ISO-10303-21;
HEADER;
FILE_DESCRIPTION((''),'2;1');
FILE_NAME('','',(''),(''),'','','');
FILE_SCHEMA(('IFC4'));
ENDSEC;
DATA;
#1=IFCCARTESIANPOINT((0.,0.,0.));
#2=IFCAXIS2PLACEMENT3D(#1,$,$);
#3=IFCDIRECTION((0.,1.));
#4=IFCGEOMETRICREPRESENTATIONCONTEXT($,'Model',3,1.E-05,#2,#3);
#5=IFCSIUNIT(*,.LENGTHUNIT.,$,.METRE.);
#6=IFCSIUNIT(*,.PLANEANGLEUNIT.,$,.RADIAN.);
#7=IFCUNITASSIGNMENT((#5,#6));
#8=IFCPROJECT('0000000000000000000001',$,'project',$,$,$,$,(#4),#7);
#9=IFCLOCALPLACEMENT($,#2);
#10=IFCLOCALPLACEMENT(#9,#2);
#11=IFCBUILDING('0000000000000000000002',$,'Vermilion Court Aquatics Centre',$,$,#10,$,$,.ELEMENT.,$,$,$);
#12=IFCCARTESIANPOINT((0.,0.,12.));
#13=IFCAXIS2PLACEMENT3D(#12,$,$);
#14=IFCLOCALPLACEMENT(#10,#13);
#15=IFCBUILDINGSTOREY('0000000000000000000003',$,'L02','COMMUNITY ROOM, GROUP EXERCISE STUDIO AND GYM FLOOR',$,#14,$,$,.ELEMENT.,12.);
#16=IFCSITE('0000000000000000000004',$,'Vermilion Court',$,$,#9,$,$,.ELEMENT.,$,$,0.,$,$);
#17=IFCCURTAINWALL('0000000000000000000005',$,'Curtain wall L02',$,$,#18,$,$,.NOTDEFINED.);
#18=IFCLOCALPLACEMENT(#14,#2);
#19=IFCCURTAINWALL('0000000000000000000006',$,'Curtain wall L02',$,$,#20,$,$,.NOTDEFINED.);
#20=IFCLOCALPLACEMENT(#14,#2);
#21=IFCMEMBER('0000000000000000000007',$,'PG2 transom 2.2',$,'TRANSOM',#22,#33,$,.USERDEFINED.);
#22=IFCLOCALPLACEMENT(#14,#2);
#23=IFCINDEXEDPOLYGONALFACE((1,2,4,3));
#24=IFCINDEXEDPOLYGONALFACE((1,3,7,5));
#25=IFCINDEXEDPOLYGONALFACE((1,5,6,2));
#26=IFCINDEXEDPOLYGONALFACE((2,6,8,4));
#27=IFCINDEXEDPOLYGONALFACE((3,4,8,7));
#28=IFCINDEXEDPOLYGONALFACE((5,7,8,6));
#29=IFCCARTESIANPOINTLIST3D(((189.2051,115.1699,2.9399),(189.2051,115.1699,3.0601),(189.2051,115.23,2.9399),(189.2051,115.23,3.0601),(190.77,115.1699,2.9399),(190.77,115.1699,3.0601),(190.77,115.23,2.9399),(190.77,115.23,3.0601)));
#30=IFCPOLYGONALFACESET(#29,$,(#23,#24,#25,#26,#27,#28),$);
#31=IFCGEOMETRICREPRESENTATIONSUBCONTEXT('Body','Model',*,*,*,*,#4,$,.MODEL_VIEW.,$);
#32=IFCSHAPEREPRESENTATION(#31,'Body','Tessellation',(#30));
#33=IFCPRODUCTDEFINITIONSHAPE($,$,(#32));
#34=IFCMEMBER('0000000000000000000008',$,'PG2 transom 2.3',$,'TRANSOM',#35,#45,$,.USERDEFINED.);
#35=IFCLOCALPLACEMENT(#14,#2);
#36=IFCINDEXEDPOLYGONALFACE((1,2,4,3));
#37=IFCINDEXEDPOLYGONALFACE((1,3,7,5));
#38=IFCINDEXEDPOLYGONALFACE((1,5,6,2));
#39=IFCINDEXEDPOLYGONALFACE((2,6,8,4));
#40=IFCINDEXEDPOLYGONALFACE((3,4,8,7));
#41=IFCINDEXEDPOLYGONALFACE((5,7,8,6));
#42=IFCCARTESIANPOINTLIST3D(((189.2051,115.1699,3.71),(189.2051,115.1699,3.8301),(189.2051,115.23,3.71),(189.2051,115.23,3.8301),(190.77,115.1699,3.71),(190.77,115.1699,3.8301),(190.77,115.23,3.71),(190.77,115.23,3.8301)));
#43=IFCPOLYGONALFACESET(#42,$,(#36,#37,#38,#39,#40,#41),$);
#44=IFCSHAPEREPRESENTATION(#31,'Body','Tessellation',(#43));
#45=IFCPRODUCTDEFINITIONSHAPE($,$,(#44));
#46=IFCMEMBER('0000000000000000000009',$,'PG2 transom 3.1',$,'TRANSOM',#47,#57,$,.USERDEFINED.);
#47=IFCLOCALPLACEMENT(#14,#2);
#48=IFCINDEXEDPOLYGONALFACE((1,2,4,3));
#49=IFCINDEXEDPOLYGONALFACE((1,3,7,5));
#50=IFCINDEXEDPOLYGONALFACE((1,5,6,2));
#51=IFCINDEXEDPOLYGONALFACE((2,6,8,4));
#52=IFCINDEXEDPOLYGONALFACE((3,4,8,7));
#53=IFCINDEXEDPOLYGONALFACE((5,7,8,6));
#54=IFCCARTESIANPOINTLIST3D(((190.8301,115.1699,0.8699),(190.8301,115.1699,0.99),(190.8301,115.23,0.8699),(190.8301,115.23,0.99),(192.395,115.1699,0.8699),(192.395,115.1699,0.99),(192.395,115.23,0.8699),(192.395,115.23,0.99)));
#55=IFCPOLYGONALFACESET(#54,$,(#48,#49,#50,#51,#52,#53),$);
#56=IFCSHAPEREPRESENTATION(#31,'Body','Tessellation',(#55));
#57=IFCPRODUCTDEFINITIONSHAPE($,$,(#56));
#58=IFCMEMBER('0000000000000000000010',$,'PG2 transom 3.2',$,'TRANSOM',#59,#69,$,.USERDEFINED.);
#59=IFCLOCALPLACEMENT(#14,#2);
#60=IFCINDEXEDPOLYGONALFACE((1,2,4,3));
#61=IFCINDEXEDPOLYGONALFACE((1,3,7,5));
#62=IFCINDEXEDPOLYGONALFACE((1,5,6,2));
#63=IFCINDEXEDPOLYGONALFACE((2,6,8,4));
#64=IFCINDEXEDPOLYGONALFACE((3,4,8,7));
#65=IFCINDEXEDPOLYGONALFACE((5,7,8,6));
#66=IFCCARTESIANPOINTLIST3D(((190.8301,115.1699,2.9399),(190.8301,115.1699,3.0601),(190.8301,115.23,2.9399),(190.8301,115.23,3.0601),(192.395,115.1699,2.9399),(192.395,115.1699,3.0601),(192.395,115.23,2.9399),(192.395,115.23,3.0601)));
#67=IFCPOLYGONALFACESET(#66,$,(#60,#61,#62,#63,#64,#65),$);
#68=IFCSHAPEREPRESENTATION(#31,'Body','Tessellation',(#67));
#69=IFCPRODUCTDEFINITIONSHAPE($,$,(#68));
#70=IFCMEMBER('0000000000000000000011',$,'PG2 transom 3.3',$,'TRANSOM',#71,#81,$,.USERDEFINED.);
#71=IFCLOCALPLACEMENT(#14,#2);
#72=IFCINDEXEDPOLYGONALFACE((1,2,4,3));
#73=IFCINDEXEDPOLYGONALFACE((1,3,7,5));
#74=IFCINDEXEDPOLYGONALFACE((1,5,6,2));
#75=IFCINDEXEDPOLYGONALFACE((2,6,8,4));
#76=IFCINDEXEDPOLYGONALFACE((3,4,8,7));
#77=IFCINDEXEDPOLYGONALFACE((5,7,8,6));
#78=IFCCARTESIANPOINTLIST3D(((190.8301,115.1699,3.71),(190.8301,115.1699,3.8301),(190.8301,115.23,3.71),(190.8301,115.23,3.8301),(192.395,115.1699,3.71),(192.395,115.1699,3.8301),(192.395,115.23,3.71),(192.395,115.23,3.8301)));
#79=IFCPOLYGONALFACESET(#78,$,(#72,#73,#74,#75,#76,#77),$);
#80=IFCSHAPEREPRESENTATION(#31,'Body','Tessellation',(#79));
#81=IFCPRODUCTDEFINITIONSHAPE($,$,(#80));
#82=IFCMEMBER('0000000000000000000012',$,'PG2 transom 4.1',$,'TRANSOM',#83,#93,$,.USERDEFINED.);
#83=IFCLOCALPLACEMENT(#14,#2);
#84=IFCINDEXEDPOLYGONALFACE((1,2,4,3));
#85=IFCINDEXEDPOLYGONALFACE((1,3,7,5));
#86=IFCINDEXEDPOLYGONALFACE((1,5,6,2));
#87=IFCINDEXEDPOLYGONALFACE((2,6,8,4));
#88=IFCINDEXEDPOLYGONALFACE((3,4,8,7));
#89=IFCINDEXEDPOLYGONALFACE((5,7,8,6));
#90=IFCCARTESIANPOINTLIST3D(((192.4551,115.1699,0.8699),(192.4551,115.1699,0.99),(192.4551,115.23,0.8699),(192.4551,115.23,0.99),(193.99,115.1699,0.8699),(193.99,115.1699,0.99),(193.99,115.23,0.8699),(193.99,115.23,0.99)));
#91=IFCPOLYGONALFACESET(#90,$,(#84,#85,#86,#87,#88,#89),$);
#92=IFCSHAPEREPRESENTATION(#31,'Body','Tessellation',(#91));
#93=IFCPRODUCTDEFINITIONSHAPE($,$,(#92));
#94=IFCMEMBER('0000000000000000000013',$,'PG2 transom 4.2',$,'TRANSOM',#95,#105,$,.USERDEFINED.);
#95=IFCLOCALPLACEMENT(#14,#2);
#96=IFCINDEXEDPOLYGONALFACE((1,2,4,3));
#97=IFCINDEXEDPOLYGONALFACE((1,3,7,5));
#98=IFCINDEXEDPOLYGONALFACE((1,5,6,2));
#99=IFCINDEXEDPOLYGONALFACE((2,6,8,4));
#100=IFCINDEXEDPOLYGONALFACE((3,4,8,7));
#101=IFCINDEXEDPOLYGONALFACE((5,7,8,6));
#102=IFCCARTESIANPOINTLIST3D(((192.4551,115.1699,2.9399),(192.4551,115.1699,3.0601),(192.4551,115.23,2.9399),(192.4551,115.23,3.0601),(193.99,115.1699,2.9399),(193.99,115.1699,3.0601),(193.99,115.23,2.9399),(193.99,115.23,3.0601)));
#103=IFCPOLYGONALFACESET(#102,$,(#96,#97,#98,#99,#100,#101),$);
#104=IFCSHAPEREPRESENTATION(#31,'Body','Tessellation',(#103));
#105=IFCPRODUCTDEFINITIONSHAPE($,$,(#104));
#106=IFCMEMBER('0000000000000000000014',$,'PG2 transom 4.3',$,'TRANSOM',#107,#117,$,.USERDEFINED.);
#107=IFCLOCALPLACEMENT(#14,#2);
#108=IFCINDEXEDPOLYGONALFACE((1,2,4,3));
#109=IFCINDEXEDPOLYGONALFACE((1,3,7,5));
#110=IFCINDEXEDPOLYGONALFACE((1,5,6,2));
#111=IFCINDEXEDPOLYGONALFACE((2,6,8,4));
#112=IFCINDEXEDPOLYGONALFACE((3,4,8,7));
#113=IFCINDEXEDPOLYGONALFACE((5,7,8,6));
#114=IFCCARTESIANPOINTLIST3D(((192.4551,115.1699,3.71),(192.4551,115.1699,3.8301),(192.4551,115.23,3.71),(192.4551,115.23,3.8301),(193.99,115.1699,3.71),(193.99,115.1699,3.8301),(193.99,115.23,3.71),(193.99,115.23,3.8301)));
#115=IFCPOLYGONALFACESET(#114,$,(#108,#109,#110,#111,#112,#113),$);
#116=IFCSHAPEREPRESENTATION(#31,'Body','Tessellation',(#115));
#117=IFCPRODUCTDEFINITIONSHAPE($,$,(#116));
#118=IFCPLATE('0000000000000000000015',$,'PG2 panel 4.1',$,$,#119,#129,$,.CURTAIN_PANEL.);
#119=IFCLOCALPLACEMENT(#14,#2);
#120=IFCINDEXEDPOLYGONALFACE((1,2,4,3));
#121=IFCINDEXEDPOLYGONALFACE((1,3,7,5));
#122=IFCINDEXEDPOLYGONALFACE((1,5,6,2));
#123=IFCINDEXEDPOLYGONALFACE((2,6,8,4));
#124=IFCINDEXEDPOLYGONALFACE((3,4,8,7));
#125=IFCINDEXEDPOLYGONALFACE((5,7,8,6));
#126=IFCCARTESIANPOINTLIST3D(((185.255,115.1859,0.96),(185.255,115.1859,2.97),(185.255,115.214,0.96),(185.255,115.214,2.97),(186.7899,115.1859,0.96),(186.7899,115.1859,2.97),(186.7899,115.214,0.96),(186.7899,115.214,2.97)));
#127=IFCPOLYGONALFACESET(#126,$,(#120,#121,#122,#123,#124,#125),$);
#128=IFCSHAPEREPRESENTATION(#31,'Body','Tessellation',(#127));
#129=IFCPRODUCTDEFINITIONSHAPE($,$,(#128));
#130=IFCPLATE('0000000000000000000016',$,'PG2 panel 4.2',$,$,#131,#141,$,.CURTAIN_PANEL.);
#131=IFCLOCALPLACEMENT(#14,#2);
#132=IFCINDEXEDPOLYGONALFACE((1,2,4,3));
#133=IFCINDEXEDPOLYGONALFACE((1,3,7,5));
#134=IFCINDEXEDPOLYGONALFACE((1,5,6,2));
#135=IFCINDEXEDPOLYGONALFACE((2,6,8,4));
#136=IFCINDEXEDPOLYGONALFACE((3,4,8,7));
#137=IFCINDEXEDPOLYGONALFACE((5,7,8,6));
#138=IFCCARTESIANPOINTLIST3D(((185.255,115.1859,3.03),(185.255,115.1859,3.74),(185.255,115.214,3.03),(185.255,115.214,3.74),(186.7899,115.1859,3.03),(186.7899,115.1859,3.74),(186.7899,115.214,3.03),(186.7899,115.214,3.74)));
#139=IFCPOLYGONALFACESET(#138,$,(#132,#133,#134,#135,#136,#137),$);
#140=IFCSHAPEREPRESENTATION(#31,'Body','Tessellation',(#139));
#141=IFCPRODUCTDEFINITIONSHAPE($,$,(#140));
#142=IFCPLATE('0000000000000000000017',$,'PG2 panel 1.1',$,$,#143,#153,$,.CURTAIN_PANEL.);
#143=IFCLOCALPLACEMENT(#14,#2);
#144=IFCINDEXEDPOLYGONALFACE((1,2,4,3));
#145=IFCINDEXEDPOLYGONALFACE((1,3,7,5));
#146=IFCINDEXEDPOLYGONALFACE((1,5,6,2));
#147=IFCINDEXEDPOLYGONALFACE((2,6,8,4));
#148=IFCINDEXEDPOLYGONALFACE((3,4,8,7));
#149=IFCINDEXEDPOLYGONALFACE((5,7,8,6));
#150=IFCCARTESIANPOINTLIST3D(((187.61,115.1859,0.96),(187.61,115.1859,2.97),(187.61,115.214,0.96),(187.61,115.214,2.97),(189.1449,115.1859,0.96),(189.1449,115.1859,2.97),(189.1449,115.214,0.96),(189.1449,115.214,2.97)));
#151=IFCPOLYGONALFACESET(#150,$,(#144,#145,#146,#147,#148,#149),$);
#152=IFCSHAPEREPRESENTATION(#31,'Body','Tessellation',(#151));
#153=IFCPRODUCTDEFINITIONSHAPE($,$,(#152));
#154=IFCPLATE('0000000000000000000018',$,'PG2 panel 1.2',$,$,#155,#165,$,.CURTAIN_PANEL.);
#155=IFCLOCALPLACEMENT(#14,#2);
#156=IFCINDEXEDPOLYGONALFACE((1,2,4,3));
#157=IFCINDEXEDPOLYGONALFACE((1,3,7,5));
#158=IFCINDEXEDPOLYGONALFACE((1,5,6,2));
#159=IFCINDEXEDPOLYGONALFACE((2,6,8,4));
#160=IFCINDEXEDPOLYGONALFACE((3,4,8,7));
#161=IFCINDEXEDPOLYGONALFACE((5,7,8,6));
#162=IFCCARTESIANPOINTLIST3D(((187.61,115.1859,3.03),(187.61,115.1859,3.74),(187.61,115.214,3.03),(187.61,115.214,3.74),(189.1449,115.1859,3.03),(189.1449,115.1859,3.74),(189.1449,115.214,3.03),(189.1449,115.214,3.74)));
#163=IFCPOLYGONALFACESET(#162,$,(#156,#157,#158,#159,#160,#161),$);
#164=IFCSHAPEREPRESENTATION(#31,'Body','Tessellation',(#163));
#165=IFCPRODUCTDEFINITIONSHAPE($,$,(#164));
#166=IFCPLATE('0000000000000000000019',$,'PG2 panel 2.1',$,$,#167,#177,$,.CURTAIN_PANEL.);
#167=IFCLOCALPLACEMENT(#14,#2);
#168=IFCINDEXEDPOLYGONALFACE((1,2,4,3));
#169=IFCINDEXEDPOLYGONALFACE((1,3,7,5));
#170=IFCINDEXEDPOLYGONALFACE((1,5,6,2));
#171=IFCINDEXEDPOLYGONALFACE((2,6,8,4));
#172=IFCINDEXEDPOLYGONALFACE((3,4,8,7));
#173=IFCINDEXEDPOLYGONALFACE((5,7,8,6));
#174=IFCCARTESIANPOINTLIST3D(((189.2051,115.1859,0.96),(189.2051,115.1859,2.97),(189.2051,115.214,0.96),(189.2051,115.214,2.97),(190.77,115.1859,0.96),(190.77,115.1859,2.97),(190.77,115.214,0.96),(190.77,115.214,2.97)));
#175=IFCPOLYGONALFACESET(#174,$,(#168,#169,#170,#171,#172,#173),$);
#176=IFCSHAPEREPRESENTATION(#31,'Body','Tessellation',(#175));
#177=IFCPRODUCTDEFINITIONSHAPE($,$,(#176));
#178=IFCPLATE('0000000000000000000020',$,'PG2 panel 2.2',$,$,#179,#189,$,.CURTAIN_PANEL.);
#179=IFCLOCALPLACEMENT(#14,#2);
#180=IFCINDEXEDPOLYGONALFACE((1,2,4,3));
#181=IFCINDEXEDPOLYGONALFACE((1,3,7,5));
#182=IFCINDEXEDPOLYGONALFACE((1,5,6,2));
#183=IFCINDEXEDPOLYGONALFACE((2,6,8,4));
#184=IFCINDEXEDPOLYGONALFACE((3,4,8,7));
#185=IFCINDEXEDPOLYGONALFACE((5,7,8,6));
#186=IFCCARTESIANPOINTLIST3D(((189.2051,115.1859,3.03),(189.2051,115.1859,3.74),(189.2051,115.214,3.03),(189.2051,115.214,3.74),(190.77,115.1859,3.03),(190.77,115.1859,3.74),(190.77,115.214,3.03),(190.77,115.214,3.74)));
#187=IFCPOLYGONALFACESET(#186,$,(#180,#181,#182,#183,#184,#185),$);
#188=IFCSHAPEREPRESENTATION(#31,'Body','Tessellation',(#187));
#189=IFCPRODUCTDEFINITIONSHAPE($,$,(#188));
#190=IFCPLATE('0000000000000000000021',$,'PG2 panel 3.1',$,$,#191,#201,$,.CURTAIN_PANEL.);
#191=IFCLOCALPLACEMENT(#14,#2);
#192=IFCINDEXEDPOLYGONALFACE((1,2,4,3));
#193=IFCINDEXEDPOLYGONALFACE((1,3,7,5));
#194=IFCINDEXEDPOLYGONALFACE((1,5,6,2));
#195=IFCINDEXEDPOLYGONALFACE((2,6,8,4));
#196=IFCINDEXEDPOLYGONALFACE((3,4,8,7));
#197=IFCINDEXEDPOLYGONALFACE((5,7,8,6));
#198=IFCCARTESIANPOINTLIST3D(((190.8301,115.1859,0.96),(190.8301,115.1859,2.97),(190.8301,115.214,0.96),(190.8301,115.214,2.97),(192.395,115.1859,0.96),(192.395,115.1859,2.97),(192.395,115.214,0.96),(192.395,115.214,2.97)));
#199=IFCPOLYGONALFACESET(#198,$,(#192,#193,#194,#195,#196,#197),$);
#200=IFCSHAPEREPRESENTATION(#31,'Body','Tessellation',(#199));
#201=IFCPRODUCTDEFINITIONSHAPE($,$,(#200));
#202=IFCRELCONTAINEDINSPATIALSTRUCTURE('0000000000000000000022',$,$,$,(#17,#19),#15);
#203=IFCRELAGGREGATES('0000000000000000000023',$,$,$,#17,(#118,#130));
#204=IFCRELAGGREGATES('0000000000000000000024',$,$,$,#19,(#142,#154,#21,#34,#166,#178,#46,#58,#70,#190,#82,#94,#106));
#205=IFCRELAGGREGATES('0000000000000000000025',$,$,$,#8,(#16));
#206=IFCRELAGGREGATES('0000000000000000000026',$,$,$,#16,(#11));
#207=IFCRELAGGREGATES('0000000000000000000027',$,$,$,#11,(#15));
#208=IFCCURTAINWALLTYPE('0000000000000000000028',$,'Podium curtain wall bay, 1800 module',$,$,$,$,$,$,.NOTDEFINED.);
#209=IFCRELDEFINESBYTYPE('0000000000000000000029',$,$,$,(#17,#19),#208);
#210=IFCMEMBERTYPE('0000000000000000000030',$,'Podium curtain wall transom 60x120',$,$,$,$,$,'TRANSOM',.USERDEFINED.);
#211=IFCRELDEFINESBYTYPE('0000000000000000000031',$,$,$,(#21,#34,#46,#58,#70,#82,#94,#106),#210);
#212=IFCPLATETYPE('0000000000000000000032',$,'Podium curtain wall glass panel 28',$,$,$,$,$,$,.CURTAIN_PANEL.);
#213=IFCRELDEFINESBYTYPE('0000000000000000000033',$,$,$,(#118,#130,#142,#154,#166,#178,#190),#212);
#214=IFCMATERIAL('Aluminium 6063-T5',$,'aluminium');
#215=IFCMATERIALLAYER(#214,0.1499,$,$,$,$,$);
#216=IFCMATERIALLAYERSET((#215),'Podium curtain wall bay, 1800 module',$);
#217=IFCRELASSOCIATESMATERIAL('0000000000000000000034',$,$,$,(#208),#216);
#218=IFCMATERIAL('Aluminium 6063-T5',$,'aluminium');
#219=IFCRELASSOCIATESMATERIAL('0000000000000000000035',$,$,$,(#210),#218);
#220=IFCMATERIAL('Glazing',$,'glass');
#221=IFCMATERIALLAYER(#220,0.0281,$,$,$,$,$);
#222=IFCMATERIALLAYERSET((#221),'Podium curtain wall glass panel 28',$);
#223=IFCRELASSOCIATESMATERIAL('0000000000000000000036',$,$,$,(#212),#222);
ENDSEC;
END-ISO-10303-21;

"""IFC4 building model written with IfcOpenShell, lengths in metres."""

from ifc_helpers import new_model, si_unit, direction, frame, origin, origin_2d, place, context, subcontext, project, spatial, rectangle, extrude, material, layer, layer_set, material_profile, profile_set, type_object, element, aggregate, save


model = new_model("IFC4")

# Units and contexts
model_context = context("Model", 3, precision=1e-05, world=origin(), true_north=direction((0.0, 1.0)))
body_context = subcontext(model_context, "Body", "Model", "MODEL_VIEW")
ifc_project = project(units=[si_unit("LENGTHUNIT", "METRE"), si_unit("PLANEANGLEUNIT", "RADIAN")], contexts=[model_context])

# Site, building, storey
site_placement = place(None, origin())
site = spatial("IfcSite", under=ifc_project, at=site_placement, Name="Vermilion Court", CompositionType="ELEMENT", RefElevation=0.0)
building_placement = place(site_placement, origin())
building = spatial("IfcBuilding", under=site, at=building_placement, Name="Vermilion Court Aquatics Centre", CompositionType="ELEMENT")
storey_placement = place(building_placement, frame((0.0, 0.0, 12.0)))
storey = spatial("IfcBuildingStorey", under=building, at=storey_placement, Name="L02", Description="COMMUNITY ROOM, GROUP EXERCISE STUDIO AND GYM FLOOR", CompositionType="ELEMENT", Elevation=12.0)

# Curtain wall
ifc_material_1 = material(Name="Aluminium 6063-T5", Category="aluminium")
ifc_layer_1 = layer(ifc_material_1, 0.1499)
ifc_layer_set_1 = layer_set([ifc_layer_1], Name="Podium curtain wall bay, 1800 module")
curtain_wall_type = type_object("IfcCurtainWallType", Name="Podium curtain wall bay, 1800 module", PredefinedType="NOTDEFINED", material=ifc_layer_set_1)
curtain_wall_1_placement = place(storey_placement, origin())
curtain_wall_1 = element("IfcCurtainWall", 1, at=curtain_wall_1_placement, inside=storey, type_object=curtain_wall_type, Name="Curtain wall L02", PredefinedType="NOTDEFINED")

# Curtain wall
curtain_wall_2_placement = place(storey_placement, origin())
curtain_wall_2 = element("IfcCurtainWall", 2, at=curtain_wall_2_placement, inside=storey, type_object=curtain_wall_type, Name="Curtain wall L02", PredefinedType="NOTDEFINED")

# Members
ifc_material_2 = material(Name="Aluminium 6063-T5", Category="aluminium")
ifc_material_profile_1 = material_profile(ifc_material_2, rectangle(XDim=0.0601, YDim=0.1201, at=origin_2d()), Name="Transom 60x120")
ifc_profile_set_1 = profile_set([ifc_material_profile_1], Name="Aluminium 6063-T5")
member_type_1 = type_object("IfcMemberType", Name="Podium curtain wall transom 60x120", ElementType="TRANSOM", PredefinedType="USERDEFINED", material=ifc_profile_set_1)
member_1_placement = place(storey_placement, frame((189.2051, 115.2, 3.0), z_axis=(1.0, 0.0, 0.0), x_axis=(0.0, 1.0, 0.0)))
member_1 = element("IfcMember", 3, at=member_1_placement, type_object=member_type_1, Name="PG2 transom 2.2", ObjectType="TRANSOM", PredefinedType="USERDEFINED", context=body_context, shape_type="SweptSolid", body=[
    extrude(rectangle(XDim=0.0601, YDim=0.1201, at=origin_2d()), origin(), (0.0, 0.0, 1.0), 1.5649),
])
member_2_placement = place(storey_placement, frame((189.2051, 115.2, 3.77), z_axis=(1.0, 0.0, 0.0), x_axis=(0.0, 1.0, 0.0)))
member_2 = element("IfcMember", 4, at=member_2_placement, type_object=member_type_1, Name="PG2 transom 2.3", ObjectType="TRANSOM", PredefinedType="USERDEFINED", context=body_context, shape_type="SweptSolid", body=[
    extrude(rectangle(XDim=0.0601, YDim=0.1201, at=origin_2d()), origin(), (0.0, 0.0, 1.0), 1.5649),
])
member_3_placement = place(storey_placement, frame((190.8301, 115.2, 0.9299), z_axis=(1.0, 0.0, 0.0), x_axis=(0.0, 1.0, 0.0)))
member_3 = element("IfcMember", 5, at=member_3_placement, type_object=member_type_1, Name="PG2 transom 3.1", ObjectType="TRANSOM", PredefinedType="USERDEFINED", context=body_context, shape_type="SweptSolid", body=[
    extrude(rectangle(XDim=0.0601, YDim=0.1201, at=origin_2d()), origin(), (0.0, 0.0, 1.0), 1.5649),
])
member_4_placement = place(storey_placement, frame((190.8301, 115.2, 3.0), z_axis=(1.0, 0.0, 0.0), x_axis=(0.0, 1.0, 0.0)))
member_4 = element("IfcMember", 6, at=member_4_placement, type_object=member_type_1, Name="PG2 transom 3.2", ObjectType="TRANSOM", PredefinedType="USERDEFINED", context=body_context, shape_type="SweptSolid", body=[
    extrude(rectangle(XDim=0.0601, YDim=0.1201, at=origin_2d()), origin(), (0.0, 0.0, 1.0), 1.5649),
])
member_5_placement = place(storey_placement, frame((190.8301, 115.2, 3.77), z_axis=(1.0, 0.0, 0.0), x_axis=(0.0, 1.0, 0.0)))
member_5 = element("IfcMember", 7, at=member_5_placement, type_object=member_type_1, Name="PG2 transom 3.3", ObjectType="TRANSOM", PredefinedType="USERDEFINED", context=body_context, shape_type="SweptSolid", body=[
    extrude(rectangle(XDim=0.0601, YDim=0.1201, at=origin_2d()), origin(), (0.0, 0.0, 1.0), 1.5649),
])
member_6_placement = place(storey_placement, frame((192.4551, 115.2, 0.9299), z_axis=(1.0, 0.0, 0.0), x_axis=(0.0, 1.0, 0.0)))
member_6 = element("IfcMember", 8, at=member_6_placement, type_object=member_type_1, Name="PG2 transom 4.1", ObjectType="TRANSOM", PredefinedType="USERDEFINED", context=body_context, shape_type="SweptSolid", body=[
    extrude(rectangle(XDim=0.0601, YDim=0.1201, at=origin_2d()), origin(), (0.0, 0.0, 1.0), 1.5349),
])
member_7_placement = place(storey_placement, frame((192.4551, 115.2, 3.0), z_axis=(1.0, 0.0, 0.0), x_axis=(0.0, 1.0, 0.0)))
member_7 = element("IfcMember", 9, at=member_7_placement, type_object=member_type_1, Name="PG2 transom 4.2", ObjectType="TRANSOM", PredefinedType="USERDEFINED", context=body_context, shape_type="SweptSolid", body=[
    extrude(rectangle(XDim=0.0601, YDim=0.1201, at=origin_2d()), origin(), (0.0, 0.0, 1.0), 1.5349),
])
member_8_placement = place(storey_placement, frame((192.4551, 115.2, 3.77), z_axis=(1.0, 0.0, 0.0), x_axis=(0.0, 1.0, 0.0)))
member_8 = element("IfcMember", 10, at=member_8_placement, type_object=member_type_1, Name="PG2 transom 4.3", ObjectType="TRANSOM", PredefinedType="USERDEFINED", context=body_context, shape_type="SweptSolid", body=[
    extrude(rectangle(XDim=0.0601, YDim=0.1201, at=origin_2d()), origin(), (0.0, 0.0, 1.0), 1.5349),
])

# Plates
ifc_material_3 = material(Name="Glazing", Category="glass")
ifc_layer_2 = layer(ifc_material_3, 0.0281)
ifc_layer_set_2 = layer_set([ifc_layer_2], Name="Podium curtain wall glass panel 28")
plate_type = type_object("IfcPlateType", Name="Podium curtain wall glass panel 28", PredefinedType="CURTAIN_PANEL", material=ifc_layer_set_2)
plate_1_placement = place(storey_placement, frame((186.0225, 115.2, 0.96), z_axis=(0.0, 0.0, 1.0), x_axis=(1.0, 0.0, 0.0)))
plate_1 = element("IfcPlate", 11, at=plate_1_placement, type_object=plate_type, Name="PG2 panel 4.1", PredefinedType="CURTAIN_PANEL", context=body_context, shape_type="SweptSolid", body=[
    extrude(rectangle(XDim=1.5349, YDim=0.0281, at=origin_2d()), origin(), (0.0, 0.0, 1.0), 2.01),
])
plate_2_placement = place(storey_placement, frame((186.0225, 115.2, 3.03), z_axis=(0.0, 0.0, 1.0), x_axis=(1.0, 0.0, 0.0)))
plate_2 = element("IfcPlate", 12, at=plate_2_placement, type_object=plate_type, Name="PG2 panel 4.2", PredefinedType="CURTAIN_PANEL", context=body_context, shape_type="SweptSolid", body=[
    extrude(rectangle(XDim=1.5349, YDim=0.0281, at=origin_2d()), origin(), (0.0, 0.0, 1.0), 0.71),
])
aggregate(curtain_wall_1, [plate_1, plate_2])
plate_3_placement = place(storey_placement, frame((188.3774, 115.2, 0.96), z_axis=(0.0, 0.0, 1.0), x_axis=(1.0, 0.0, 0.0)))
plate_3 = element("IfcPlate", 13, at=plate_3_placement, type_object=plate_type, Name="PG2 panel 1.1", PredefinedType="CURTAIN_PANEL", context=body_context, shape_type="SweptSolid", body=[
    extrude(rectangle(XDim=1.5349, YDim=0.0281, at=origin_2d()), origin(), (0.0, 0.0, 1.0), 2.01),
])
plate_4_placement = place(storey_placement, frame((188.3774, 115.2, 3.03), z_axis=(0.0, 0.0, 1.0), x_axis=(1.0, 0.0, 0.0)))
plate_4 = element("IfcPlate", 14, at=plate_4_placement, type_object=plate_type, Name="PG2 panel 1.2", PredefinedType="CURTAIN_PANEL", context=body_context, shape_type="SweptSolid", body=[
    extrude(rectangle(XDim=1.5349, YDim=0.0281, at=origin_2d()), origin(), (0.0, 0.0, 1.0), 0.71),
])
plate_5_placement = place(storey_placement, frame((189.9875, 115.2, 0.96), z_axis=(0.0, 0.0, 1.0), x_axis=(1.0, 0.0, 0.0)))
plate_5 = element("IfcPlate", 15, at=plate_5_placement, type_object=plate_type, Name="PG2 panel 2.1", PredefinedType="CURTAIN_PANEL", context=body_context, shape_type="SweptSolid", body=[
    extrude(rectangle(XDim=1.5649, YDim=0.0281, at=origin_2d()), origin(), (0.0, 0.0, 1.0), 2.01),
])
plate_6_placement = place(storey_placement, frame((189.9875, 115.2, 3.03), z_axis=(0.0, 0.0, 1.0), x_axis=(1.0, 0.0, 0.0)))
plate_6 = element("IfcPlate", 16, at=plate_6_placement, type_object=plate_type, Name="PG2 panel 2.2", PredefinedType="CURTAIN_PANEL", context=body_context, shape_type="SweptSolid", body=[
    extrude(rectangle(XDim=1.5649, YDim=0.0281, at=origin_2d()), origin(), (0.0, 0.0, 1.0), 0.71),
])
plate_7_placement = place(storey_placement, frame((191.6125, 115.2, 0.96), z_axis=(0.0, 0.0, 1.0), x_axis=(1.0, 0.0, 0.0)))
plate_7 = element("IfcPlate", 17, at=plate_7_placement, type_object=plate_type, Name="PG2 panel 3.1", PredefinedType="CURTAIN_PANEL", context=body_context, shape_type="SweptSolid", body=[
    extrude(rectangle(XDim=1.5649, YDim=0.0281, at=origin_2d()), origin(), (0.0, 0.0, 1.0), 2.01),
])
aggregate(curtain_wall_2, [plate_3, plate_4, member_1, member_2, plate_5, plate_6, member_3, member_4, member_5, plate_7, member_6, member_7, member_8])

save(model, "model.ifc")
